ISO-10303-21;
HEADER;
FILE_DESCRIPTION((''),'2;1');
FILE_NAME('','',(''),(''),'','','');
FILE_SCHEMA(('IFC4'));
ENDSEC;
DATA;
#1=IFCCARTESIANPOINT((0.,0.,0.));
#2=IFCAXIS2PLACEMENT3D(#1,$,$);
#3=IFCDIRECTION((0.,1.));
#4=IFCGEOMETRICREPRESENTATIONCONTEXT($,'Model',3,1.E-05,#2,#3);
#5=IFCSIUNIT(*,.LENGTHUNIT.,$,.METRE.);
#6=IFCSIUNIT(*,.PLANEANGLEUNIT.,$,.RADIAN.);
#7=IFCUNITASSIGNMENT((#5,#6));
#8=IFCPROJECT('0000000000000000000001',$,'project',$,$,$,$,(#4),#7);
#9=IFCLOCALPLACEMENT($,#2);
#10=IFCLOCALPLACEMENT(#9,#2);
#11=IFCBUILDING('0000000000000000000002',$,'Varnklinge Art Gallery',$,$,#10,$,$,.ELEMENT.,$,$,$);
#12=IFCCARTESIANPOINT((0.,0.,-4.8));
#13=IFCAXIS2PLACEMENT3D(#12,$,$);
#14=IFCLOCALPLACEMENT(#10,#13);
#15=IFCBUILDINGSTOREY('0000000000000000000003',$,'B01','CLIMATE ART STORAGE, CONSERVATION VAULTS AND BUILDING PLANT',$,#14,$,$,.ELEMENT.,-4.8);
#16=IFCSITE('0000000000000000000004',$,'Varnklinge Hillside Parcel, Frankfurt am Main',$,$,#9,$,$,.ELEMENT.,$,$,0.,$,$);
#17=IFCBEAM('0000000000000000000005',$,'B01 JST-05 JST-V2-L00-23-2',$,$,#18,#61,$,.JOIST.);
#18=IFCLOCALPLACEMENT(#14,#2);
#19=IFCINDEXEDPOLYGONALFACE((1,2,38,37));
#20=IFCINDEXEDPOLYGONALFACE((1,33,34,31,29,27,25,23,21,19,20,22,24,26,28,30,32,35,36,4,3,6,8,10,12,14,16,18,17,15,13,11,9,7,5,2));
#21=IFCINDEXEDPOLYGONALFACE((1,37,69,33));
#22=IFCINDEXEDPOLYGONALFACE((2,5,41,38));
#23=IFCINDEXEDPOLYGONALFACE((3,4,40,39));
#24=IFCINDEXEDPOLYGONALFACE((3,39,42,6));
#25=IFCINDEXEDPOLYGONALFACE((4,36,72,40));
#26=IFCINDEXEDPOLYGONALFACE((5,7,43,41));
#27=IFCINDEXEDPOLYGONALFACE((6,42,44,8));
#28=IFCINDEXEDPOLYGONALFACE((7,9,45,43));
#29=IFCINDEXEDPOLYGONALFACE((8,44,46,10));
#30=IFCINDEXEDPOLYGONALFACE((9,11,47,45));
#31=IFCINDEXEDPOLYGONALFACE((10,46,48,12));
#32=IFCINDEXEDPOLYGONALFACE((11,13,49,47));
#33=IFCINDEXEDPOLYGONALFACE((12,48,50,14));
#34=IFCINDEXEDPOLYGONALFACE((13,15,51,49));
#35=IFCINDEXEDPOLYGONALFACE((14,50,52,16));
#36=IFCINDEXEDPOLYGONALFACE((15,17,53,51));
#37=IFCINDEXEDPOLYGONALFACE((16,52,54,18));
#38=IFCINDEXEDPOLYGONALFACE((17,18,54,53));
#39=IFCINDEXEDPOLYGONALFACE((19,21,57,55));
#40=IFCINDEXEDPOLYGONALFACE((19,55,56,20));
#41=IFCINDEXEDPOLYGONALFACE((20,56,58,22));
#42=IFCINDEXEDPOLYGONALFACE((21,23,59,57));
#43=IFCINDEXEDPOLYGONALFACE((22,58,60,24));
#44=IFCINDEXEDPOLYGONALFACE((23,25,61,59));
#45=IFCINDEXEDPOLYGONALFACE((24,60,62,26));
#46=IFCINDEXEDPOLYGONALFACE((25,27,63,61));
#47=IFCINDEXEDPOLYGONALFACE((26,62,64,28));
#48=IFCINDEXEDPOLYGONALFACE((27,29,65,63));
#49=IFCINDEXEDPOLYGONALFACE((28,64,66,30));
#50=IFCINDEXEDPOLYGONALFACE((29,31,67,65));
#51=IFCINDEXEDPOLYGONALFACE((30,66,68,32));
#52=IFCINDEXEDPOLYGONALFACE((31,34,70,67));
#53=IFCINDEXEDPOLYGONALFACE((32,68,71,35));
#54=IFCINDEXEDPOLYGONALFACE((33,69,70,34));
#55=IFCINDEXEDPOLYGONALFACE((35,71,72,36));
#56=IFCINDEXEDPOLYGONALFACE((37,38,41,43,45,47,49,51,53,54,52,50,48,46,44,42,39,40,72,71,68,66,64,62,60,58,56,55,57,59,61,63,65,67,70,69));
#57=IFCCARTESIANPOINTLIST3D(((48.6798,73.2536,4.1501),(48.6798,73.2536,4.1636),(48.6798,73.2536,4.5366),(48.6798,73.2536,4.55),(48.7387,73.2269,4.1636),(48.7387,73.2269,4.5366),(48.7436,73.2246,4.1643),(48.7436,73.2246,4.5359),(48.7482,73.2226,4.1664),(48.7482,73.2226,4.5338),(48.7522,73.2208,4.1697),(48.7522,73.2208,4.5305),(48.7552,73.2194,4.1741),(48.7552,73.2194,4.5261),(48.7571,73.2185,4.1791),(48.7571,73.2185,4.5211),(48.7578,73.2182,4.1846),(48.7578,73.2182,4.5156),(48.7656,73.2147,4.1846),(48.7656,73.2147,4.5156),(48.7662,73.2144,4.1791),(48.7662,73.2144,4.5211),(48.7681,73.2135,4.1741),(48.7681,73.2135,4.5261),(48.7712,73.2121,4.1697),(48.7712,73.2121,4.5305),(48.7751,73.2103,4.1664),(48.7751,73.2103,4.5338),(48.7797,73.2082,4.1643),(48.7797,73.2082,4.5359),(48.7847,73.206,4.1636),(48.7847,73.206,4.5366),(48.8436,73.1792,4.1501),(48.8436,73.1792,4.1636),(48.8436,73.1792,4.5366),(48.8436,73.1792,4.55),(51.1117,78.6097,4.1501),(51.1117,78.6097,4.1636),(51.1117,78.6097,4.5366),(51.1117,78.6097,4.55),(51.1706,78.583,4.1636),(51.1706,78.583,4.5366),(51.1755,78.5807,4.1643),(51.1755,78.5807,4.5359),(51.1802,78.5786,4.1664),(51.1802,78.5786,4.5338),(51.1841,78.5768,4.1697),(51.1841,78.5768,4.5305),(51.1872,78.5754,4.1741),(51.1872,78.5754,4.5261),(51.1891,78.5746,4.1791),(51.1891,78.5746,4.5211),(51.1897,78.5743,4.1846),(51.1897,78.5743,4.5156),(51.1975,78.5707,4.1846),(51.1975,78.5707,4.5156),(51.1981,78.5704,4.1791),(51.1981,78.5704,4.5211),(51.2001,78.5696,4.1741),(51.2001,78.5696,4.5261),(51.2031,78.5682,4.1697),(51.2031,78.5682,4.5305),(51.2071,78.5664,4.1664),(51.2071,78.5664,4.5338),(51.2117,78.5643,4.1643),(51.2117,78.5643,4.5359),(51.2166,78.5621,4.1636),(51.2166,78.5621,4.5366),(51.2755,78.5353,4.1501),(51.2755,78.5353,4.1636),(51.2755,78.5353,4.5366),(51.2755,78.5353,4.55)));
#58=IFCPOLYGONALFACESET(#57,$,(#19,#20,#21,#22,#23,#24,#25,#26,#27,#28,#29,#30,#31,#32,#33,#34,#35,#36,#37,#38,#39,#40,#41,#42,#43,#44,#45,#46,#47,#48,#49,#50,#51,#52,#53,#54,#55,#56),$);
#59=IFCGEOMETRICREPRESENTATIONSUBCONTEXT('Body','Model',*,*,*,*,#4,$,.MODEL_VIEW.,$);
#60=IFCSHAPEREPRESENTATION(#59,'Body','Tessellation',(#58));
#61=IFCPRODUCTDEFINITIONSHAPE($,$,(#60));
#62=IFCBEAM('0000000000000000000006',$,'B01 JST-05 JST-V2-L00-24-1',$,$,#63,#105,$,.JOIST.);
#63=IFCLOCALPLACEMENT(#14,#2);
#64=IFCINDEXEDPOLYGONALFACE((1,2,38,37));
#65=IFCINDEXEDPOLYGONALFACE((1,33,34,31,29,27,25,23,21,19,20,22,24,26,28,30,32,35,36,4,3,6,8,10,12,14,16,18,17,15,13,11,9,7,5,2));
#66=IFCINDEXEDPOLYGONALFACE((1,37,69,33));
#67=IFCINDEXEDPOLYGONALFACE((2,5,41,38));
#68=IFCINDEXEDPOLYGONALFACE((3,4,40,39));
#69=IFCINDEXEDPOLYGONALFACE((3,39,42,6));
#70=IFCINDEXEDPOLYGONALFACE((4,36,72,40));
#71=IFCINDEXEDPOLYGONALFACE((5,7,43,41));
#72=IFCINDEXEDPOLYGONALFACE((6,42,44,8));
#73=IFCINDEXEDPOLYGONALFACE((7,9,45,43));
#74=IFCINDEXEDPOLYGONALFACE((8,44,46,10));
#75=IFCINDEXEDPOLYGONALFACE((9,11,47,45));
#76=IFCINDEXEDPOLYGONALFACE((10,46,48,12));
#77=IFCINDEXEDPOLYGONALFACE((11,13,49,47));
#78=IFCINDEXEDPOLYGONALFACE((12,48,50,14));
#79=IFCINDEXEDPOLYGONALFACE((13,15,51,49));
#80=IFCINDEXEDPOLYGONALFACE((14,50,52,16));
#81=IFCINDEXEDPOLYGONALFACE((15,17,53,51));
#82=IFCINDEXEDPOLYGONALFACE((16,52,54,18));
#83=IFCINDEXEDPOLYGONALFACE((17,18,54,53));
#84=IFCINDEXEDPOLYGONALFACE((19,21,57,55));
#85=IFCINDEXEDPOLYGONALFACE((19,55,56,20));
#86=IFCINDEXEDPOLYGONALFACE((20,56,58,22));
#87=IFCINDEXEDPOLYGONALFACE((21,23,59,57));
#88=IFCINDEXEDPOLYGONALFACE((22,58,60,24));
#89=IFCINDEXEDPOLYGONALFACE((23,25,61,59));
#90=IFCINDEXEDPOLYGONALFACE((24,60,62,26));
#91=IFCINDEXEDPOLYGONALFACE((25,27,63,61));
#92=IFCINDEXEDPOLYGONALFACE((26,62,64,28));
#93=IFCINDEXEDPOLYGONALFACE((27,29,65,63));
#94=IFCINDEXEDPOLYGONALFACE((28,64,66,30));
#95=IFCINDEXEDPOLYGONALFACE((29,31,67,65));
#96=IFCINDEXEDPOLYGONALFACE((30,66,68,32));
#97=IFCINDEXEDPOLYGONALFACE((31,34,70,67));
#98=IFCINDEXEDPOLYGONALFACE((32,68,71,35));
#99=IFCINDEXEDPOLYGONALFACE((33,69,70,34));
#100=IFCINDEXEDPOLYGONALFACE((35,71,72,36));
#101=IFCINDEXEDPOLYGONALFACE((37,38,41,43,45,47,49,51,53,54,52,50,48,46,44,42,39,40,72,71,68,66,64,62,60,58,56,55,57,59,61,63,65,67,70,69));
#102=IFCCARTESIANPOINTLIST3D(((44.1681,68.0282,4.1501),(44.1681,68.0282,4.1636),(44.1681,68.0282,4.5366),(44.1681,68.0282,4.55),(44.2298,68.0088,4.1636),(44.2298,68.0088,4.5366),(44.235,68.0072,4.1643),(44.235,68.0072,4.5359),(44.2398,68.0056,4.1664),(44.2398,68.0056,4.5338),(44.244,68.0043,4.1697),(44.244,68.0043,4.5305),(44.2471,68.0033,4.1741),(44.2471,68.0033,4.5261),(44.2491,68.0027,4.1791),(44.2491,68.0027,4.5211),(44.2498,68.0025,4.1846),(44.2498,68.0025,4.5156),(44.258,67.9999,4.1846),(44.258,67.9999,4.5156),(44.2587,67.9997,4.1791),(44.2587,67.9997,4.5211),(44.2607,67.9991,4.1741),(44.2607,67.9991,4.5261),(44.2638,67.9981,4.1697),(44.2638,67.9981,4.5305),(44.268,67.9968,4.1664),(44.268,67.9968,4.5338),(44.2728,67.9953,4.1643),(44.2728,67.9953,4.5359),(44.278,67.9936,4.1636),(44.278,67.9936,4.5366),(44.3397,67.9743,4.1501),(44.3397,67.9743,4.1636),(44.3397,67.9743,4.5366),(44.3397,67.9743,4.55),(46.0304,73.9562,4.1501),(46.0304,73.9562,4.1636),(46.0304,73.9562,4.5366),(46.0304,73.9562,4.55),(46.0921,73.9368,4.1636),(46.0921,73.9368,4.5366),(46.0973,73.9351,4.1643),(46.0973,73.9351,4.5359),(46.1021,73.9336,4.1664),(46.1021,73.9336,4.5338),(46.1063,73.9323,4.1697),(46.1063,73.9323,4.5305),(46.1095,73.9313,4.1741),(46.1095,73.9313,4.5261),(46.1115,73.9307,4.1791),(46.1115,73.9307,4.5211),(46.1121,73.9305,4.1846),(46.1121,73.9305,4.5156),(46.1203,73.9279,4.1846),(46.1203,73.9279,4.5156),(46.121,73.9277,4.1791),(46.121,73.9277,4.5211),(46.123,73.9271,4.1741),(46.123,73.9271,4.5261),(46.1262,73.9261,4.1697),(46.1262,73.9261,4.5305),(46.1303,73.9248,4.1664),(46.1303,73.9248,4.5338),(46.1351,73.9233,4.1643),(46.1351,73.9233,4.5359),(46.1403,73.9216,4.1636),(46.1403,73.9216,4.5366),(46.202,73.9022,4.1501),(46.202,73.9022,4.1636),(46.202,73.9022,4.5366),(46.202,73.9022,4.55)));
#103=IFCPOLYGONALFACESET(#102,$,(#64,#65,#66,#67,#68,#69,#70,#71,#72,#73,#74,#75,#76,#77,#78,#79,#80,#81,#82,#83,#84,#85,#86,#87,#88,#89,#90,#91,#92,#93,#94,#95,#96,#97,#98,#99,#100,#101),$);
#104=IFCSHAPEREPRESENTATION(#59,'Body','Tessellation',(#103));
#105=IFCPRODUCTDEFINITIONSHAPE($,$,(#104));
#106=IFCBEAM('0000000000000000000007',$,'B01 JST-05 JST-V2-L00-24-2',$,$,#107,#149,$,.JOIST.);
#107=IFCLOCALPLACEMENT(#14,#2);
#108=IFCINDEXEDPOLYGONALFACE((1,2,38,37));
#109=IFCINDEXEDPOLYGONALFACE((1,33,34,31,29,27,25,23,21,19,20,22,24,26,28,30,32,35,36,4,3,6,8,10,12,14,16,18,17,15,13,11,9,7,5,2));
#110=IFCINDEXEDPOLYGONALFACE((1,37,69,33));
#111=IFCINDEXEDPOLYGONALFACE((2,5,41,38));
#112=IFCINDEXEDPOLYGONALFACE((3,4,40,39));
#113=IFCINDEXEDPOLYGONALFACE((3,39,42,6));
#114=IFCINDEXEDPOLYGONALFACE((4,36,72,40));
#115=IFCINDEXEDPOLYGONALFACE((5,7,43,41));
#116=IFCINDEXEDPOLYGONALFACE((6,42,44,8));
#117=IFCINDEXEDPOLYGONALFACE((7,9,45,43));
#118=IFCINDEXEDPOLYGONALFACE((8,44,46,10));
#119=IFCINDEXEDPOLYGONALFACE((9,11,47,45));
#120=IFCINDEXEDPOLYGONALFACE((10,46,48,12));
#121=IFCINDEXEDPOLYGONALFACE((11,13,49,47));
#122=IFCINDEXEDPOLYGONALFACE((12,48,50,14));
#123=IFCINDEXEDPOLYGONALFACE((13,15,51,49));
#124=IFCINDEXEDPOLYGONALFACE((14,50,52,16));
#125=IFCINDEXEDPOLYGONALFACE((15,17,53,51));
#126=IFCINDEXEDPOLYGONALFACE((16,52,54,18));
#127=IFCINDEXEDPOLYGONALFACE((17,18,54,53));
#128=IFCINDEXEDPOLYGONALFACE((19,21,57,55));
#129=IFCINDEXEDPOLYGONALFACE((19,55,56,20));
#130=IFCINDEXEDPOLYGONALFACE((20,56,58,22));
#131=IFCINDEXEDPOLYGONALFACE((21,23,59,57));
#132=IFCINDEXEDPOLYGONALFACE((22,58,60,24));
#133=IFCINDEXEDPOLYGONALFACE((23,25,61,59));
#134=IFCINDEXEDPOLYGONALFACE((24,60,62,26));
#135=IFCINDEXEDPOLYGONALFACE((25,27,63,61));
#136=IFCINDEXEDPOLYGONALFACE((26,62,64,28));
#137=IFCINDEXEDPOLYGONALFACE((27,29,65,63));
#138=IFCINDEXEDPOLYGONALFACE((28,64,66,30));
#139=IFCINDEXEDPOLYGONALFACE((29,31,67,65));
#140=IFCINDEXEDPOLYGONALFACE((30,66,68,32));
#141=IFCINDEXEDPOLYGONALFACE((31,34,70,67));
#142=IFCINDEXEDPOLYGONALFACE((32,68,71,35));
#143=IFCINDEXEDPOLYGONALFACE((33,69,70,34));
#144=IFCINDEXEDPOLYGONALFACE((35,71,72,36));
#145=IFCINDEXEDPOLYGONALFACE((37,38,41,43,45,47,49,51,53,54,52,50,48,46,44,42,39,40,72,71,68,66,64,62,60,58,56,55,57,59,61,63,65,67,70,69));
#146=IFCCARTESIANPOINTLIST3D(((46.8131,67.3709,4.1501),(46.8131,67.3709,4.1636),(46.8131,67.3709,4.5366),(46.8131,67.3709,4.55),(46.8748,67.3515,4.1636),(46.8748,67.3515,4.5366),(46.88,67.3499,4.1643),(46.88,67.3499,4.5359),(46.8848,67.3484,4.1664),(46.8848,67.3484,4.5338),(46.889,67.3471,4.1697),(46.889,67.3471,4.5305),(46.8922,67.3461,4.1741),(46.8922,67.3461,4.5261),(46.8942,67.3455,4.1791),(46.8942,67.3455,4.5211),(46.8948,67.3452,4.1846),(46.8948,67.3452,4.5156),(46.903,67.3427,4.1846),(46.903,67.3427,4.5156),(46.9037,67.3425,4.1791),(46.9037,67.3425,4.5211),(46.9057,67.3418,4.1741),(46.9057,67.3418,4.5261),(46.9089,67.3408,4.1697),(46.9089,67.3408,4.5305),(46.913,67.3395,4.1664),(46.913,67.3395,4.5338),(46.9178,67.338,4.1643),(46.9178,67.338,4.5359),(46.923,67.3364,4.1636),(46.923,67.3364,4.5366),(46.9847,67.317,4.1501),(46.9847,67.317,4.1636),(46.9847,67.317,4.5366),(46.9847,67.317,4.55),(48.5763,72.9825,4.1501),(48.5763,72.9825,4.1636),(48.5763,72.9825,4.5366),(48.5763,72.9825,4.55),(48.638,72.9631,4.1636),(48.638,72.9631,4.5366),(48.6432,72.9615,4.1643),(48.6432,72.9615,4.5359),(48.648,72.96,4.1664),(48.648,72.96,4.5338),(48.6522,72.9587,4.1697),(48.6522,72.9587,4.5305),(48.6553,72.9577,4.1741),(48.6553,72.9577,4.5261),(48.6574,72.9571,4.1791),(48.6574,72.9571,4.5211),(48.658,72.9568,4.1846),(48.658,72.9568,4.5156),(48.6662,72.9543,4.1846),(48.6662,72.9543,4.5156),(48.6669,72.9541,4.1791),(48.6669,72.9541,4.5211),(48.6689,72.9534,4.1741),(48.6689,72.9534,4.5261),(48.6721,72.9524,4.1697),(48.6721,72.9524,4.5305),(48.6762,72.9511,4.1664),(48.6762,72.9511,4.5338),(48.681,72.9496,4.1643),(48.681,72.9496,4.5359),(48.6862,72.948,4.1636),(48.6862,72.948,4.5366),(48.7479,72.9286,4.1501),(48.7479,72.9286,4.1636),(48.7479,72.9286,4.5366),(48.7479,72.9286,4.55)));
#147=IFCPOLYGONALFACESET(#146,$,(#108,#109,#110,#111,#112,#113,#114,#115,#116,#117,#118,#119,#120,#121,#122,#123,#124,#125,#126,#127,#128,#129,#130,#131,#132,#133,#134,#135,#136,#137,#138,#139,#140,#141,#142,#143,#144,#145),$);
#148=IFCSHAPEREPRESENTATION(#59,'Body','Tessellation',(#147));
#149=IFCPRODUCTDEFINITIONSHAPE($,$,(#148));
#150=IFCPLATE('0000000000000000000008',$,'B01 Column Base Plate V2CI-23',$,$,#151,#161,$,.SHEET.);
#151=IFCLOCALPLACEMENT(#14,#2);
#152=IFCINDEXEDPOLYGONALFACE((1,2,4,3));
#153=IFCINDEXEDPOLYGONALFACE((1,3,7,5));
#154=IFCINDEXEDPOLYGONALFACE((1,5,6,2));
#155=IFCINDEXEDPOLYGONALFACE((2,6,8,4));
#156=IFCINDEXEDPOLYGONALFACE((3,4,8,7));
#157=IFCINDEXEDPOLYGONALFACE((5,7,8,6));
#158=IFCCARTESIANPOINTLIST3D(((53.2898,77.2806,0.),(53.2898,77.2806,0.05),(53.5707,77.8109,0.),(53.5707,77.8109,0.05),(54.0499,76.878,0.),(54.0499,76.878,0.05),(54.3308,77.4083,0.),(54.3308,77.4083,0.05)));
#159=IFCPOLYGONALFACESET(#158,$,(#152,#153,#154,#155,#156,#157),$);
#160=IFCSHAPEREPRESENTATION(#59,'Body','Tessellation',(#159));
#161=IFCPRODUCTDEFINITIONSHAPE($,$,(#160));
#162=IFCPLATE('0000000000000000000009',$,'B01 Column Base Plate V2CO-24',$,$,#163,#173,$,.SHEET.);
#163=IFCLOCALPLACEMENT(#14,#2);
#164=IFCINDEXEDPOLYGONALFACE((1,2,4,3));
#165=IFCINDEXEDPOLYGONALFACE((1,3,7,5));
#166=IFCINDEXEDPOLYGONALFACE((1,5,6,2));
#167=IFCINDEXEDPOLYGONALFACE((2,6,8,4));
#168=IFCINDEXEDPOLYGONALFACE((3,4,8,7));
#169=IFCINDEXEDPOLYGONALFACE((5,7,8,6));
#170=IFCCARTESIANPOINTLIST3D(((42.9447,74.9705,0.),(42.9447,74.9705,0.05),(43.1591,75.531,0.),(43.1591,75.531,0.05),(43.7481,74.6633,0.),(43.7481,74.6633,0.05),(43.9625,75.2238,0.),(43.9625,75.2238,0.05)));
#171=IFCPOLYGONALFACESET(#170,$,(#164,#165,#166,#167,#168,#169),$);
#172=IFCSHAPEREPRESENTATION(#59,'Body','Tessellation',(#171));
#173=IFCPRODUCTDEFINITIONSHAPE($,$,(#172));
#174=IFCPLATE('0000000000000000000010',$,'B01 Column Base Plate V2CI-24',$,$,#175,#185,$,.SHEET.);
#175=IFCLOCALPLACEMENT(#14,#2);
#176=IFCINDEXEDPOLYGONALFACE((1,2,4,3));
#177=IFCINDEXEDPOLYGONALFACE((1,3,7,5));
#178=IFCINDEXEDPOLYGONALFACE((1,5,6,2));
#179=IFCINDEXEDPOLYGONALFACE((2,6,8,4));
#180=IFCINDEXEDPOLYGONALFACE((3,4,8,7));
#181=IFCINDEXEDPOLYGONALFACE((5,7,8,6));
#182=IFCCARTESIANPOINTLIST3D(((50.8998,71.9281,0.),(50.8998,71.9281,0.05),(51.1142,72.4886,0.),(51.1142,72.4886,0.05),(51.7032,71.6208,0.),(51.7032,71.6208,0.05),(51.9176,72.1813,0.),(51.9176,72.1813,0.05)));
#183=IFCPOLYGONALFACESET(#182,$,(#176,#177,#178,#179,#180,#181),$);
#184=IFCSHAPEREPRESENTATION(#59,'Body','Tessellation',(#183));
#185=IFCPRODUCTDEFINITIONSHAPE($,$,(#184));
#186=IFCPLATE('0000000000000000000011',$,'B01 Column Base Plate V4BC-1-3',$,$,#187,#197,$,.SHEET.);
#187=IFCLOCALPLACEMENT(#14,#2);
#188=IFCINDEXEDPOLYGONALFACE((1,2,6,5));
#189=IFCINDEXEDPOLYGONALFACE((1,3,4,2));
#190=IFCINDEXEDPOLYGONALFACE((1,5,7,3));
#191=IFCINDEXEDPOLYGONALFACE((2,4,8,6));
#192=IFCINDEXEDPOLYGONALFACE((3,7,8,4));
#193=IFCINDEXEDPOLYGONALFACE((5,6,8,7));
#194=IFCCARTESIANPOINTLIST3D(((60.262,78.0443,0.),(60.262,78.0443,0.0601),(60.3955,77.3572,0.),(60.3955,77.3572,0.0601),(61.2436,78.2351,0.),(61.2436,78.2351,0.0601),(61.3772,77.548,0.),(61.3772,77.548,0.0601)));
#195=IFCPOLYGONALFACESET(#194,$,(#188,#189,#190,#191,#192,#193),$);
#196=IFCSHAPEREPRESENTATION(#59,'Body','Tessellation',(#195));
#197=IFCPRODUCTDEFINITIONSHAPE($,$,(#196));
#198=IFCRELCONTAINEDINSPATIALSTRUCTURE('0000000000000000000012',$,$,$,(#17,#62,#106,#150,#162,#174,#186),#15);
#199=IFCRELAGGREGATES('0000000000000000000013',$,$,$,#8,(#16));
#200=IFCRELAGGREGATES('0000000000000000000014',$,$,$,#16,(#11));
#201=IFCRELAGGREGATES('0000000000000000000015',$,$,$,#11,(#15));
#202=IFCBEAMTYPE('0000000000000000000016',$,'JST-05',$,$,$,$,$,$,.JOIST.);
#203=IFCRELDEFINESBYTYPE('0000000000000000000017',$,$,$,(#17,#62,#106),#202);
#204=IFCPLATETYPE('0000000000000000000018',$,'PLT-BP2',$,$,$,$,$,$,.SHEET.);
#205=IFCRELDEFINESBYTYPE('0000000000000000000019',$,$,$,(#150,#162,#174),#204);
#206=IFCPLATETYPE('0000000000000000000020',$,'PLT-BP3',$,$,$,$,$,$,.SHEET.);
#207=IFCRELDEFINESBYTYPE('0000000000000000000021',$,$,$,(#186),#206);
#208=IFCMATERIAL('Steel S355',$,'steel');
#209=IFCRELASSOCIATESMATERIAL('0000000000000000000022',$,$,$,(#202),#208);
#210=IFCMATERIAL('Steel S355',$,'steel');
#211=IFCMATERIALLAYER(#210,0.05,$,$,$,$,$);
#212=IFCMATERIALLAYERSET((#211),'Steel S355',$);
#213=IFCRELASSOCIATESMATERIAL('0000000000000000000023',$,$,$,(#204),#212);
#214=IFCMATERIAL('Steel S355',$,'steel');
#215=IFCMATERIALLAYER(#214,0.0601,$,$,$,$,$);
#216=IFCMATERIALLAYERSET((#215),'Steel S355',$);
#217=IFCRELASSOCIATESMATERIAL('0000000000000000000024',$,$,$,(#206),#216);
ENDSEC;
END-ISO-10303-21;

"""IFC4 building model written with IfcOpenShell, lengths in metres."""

from ifc_helpers import new_model, si_unit, direction, frame, origin, origin_2d, place, context, subcontext, project, spatial, rectangle, i_section, extrude, material, layer, layer_set, material_profile, profile_set, type_object, element, save


model = new_model("IFC4")

# Units and contexts
model_context = context("Model", 3, precision=1e-05, world=origin(), true_north=direction((0.0, 1.0)))
body_context = subcontext(model_context, "Body", "Model", "MODEL_VIEW")
ifc_project = project(units=[si_unit("LENGTHUNIT", "METRE"), si_unit("PLANEANGLEUNIT", "RADIAN")], contexts=[model_context])

# Site, building, storey
site_placement = place(None, origin())
site = spatial("IfcSite", under=ifc_project, at=site_placement, Name="Varnklinge Hillside Parcel, Frankfurt am Main", CompositionType="ELEMENT", RefElevation=0.0)
building_placement = place(site_placement, origin())
building = spatial("IfcBuilding", under=site, at=building_placement, Name="Varnklinge Art Gallery", CompositionType="ELEMENT")
storey_placement = place(building_placement, frame((0.0, 0.0, -4.8)))
storey = spatial("IfcBuildingStorey", under=building, at=storey_placement, Name="B01", Description="CLIMATE ART STORAGE, CONSERVATION VAULTS AND BUILDING PLANT", CompositionType="ELEMENT", Elevation=-4.8)

# Beams
ifc_material_1 = material(Name="Steel S355", Category="steel")
ifc_material_profile_1 = material_profile(ifc_material_1, i_section(OverallWidth=0.1799, OverallDepth=0.3999, WebThickness=0.0085, FlangeThickness=0.0134, FilletRadius=0.021, at=origin_2d()), Name="IPE 400")
ifc_profile_set_1 = profile_set([ifc_material_profile_1], Name="Steel S355")
beam_type_1 = type_object("IfcBeamType", Name="JST-05", PredefinedType="JOIST", material=ifc_profile_set_1)
beam_1_placement = place(storey_placement, frame((51.1936, 78.5725, 4.3501), z_axis=(-0.413431, -0.910536, 0.0), x_axis=(0.910536, -0.413431, 0.0)))
element("IfcBeam", 1, at=beam_1_placement, inside=storey, type_object=beam_type_1, Name="B01 JST-05 JST-V2-L00-23-2", PredefinedType="JOIST", context=body_context, shape_type="SweptSolid", body=[
    extrude(i_section(OverallWidth=0.1799, OverallDepth=0.3999, WebThickness=0.0085, FlangeThickness=0.0134, FilletRadius=0.021, at=origin_2d()), origin(), (0.0, 0.0, 1.0), 5.8823),
])
beam_2_placement = place(storey_placement, frame((46.1162, 73.9292, 4.3501), z_axis=(-0.299713, -0.954029, 0.0), x_axis=(0.954029, -0.299713, 0.0)))
element("IfcBeam", 2, at=beam_2_placement, inside=storey, type_object=beam_type_1, Name="B01 JST-05 JST-V2-L00-24-1", PredefinedType="JOIST", context=body_context, shape_type="SweptSolid", body=[
    extrude(i_section(OverallWidth=0.1799, OverallDepth=0.3999, WebThickness=0.0085, FlangeThickness=0.0134, FilletRadius=0.021, at=origin_2d()), origin(), (0.0, 0.0, 1.0), 6.2136),
])
beam_3_placement = place(storey_placement, frame((48.6621, 72.9556, 4.3501), z_axis=(-0.299756, -0.954016, 0.0), x_axis=(0.954016, -0.299756, 0.0)))
element("IfcBeam", 3, at=beam_3_placement, inside=storey, type_object=beam_type_1, Name="B01 JST-05 JST-V2-L00-24-2", PredefinedType="JOIST", context=body_context, shape_type="SweptSolid", body=[
    extrude(i_section(OverallWidth=0.1799, OverallDepth=0.3999, WebThickness=0.0085, FlangeThickness=0.0134, FilletRadius=0.021, at=origin_2d()), origin(), (0.0, 0.0, 1.0), 5.8821),
])

# Plates
ifc_material_2 = material(Name="Steel S355", Category="steel")
ifc_layer_1 = layer(ifc_material_2, 0.05)
ifc_layer_set_1 = layer_set([ifc_layer_1], Name="Steel S355")
plate_type_1 = type_object("IfcPlateType", Name="PLT-BP2", PredefinedType="SHEET", material=ifc_layer_set_1)
for number, where, z_axis, x_axis, name in (
    (4, (53.8103, 77.3445, 0.0), (0.0, 0.0, 1.0), (0.883684, -0.468084, 0.0), "B01 Column Base Plate V2CI-23"),
    (5, (43.4536, 75.0972, 0.0), (0.0, 0.0, 1.0), (0.934018, -0.357227, 0.0), "B01 Column Base Plate V2CO-24"),
    (6, (51.4087, 72.0547, 0.0), (0.0, 0.0, 1.0), (0.934018, -0.357227, 0.0), "B01 Column Base Plate V2CI-24"),
):
    element("IfcPlate", number, at=place(storey_placement, frame(where, z_axis=z_axis, x_axis=x_axis)), inside=storey, type_object=plate_type_1, Name=name, PredefinedType="SHEET", context=body_context, shape_type="SweptSolid", body=[
        extrude(rectangle(XDim=0.8601, YDim=0.6001, at=origin_2d()), origin(), (0.0, 0.0, 1.0), 0.05),
    ])
ifc_material_3 = material(Name="Steel S355", Category="steel")
ifc_layer_2 = layer(ifc_material_3, 0.0601)
ifc_layer_set_2 = layer_set([ifc_layer_2], Name="Steel S355")
plate_type_2 = type_object("IfcPlateType", Name="PLT-BP3", PredefinedType="SHEET", material=ifc_layer_set_2)
plate_placement = place(storey_placement, frame((60.8196, 77.7961, 0.0), z_axis=(0.0, 0.0, 1.0), x_axis=(0.981627, 0.190809, 0.0)))
element("IfcPlate", 7, at=plate_placement, inside=storey, type_object=plate_type_2, Name="B01 Column Base Plate V4BC-1-3", PredefinedType="SHEET", context=body_context, shape_type="SweptSolid", body=[
    extrude(rectangle(XDim=1.0, YDim=0.7, at=origin_2d()), origin(), (0.0, 0.0, 1.0), 0.0601),
])

save(model, "model.ifc")
